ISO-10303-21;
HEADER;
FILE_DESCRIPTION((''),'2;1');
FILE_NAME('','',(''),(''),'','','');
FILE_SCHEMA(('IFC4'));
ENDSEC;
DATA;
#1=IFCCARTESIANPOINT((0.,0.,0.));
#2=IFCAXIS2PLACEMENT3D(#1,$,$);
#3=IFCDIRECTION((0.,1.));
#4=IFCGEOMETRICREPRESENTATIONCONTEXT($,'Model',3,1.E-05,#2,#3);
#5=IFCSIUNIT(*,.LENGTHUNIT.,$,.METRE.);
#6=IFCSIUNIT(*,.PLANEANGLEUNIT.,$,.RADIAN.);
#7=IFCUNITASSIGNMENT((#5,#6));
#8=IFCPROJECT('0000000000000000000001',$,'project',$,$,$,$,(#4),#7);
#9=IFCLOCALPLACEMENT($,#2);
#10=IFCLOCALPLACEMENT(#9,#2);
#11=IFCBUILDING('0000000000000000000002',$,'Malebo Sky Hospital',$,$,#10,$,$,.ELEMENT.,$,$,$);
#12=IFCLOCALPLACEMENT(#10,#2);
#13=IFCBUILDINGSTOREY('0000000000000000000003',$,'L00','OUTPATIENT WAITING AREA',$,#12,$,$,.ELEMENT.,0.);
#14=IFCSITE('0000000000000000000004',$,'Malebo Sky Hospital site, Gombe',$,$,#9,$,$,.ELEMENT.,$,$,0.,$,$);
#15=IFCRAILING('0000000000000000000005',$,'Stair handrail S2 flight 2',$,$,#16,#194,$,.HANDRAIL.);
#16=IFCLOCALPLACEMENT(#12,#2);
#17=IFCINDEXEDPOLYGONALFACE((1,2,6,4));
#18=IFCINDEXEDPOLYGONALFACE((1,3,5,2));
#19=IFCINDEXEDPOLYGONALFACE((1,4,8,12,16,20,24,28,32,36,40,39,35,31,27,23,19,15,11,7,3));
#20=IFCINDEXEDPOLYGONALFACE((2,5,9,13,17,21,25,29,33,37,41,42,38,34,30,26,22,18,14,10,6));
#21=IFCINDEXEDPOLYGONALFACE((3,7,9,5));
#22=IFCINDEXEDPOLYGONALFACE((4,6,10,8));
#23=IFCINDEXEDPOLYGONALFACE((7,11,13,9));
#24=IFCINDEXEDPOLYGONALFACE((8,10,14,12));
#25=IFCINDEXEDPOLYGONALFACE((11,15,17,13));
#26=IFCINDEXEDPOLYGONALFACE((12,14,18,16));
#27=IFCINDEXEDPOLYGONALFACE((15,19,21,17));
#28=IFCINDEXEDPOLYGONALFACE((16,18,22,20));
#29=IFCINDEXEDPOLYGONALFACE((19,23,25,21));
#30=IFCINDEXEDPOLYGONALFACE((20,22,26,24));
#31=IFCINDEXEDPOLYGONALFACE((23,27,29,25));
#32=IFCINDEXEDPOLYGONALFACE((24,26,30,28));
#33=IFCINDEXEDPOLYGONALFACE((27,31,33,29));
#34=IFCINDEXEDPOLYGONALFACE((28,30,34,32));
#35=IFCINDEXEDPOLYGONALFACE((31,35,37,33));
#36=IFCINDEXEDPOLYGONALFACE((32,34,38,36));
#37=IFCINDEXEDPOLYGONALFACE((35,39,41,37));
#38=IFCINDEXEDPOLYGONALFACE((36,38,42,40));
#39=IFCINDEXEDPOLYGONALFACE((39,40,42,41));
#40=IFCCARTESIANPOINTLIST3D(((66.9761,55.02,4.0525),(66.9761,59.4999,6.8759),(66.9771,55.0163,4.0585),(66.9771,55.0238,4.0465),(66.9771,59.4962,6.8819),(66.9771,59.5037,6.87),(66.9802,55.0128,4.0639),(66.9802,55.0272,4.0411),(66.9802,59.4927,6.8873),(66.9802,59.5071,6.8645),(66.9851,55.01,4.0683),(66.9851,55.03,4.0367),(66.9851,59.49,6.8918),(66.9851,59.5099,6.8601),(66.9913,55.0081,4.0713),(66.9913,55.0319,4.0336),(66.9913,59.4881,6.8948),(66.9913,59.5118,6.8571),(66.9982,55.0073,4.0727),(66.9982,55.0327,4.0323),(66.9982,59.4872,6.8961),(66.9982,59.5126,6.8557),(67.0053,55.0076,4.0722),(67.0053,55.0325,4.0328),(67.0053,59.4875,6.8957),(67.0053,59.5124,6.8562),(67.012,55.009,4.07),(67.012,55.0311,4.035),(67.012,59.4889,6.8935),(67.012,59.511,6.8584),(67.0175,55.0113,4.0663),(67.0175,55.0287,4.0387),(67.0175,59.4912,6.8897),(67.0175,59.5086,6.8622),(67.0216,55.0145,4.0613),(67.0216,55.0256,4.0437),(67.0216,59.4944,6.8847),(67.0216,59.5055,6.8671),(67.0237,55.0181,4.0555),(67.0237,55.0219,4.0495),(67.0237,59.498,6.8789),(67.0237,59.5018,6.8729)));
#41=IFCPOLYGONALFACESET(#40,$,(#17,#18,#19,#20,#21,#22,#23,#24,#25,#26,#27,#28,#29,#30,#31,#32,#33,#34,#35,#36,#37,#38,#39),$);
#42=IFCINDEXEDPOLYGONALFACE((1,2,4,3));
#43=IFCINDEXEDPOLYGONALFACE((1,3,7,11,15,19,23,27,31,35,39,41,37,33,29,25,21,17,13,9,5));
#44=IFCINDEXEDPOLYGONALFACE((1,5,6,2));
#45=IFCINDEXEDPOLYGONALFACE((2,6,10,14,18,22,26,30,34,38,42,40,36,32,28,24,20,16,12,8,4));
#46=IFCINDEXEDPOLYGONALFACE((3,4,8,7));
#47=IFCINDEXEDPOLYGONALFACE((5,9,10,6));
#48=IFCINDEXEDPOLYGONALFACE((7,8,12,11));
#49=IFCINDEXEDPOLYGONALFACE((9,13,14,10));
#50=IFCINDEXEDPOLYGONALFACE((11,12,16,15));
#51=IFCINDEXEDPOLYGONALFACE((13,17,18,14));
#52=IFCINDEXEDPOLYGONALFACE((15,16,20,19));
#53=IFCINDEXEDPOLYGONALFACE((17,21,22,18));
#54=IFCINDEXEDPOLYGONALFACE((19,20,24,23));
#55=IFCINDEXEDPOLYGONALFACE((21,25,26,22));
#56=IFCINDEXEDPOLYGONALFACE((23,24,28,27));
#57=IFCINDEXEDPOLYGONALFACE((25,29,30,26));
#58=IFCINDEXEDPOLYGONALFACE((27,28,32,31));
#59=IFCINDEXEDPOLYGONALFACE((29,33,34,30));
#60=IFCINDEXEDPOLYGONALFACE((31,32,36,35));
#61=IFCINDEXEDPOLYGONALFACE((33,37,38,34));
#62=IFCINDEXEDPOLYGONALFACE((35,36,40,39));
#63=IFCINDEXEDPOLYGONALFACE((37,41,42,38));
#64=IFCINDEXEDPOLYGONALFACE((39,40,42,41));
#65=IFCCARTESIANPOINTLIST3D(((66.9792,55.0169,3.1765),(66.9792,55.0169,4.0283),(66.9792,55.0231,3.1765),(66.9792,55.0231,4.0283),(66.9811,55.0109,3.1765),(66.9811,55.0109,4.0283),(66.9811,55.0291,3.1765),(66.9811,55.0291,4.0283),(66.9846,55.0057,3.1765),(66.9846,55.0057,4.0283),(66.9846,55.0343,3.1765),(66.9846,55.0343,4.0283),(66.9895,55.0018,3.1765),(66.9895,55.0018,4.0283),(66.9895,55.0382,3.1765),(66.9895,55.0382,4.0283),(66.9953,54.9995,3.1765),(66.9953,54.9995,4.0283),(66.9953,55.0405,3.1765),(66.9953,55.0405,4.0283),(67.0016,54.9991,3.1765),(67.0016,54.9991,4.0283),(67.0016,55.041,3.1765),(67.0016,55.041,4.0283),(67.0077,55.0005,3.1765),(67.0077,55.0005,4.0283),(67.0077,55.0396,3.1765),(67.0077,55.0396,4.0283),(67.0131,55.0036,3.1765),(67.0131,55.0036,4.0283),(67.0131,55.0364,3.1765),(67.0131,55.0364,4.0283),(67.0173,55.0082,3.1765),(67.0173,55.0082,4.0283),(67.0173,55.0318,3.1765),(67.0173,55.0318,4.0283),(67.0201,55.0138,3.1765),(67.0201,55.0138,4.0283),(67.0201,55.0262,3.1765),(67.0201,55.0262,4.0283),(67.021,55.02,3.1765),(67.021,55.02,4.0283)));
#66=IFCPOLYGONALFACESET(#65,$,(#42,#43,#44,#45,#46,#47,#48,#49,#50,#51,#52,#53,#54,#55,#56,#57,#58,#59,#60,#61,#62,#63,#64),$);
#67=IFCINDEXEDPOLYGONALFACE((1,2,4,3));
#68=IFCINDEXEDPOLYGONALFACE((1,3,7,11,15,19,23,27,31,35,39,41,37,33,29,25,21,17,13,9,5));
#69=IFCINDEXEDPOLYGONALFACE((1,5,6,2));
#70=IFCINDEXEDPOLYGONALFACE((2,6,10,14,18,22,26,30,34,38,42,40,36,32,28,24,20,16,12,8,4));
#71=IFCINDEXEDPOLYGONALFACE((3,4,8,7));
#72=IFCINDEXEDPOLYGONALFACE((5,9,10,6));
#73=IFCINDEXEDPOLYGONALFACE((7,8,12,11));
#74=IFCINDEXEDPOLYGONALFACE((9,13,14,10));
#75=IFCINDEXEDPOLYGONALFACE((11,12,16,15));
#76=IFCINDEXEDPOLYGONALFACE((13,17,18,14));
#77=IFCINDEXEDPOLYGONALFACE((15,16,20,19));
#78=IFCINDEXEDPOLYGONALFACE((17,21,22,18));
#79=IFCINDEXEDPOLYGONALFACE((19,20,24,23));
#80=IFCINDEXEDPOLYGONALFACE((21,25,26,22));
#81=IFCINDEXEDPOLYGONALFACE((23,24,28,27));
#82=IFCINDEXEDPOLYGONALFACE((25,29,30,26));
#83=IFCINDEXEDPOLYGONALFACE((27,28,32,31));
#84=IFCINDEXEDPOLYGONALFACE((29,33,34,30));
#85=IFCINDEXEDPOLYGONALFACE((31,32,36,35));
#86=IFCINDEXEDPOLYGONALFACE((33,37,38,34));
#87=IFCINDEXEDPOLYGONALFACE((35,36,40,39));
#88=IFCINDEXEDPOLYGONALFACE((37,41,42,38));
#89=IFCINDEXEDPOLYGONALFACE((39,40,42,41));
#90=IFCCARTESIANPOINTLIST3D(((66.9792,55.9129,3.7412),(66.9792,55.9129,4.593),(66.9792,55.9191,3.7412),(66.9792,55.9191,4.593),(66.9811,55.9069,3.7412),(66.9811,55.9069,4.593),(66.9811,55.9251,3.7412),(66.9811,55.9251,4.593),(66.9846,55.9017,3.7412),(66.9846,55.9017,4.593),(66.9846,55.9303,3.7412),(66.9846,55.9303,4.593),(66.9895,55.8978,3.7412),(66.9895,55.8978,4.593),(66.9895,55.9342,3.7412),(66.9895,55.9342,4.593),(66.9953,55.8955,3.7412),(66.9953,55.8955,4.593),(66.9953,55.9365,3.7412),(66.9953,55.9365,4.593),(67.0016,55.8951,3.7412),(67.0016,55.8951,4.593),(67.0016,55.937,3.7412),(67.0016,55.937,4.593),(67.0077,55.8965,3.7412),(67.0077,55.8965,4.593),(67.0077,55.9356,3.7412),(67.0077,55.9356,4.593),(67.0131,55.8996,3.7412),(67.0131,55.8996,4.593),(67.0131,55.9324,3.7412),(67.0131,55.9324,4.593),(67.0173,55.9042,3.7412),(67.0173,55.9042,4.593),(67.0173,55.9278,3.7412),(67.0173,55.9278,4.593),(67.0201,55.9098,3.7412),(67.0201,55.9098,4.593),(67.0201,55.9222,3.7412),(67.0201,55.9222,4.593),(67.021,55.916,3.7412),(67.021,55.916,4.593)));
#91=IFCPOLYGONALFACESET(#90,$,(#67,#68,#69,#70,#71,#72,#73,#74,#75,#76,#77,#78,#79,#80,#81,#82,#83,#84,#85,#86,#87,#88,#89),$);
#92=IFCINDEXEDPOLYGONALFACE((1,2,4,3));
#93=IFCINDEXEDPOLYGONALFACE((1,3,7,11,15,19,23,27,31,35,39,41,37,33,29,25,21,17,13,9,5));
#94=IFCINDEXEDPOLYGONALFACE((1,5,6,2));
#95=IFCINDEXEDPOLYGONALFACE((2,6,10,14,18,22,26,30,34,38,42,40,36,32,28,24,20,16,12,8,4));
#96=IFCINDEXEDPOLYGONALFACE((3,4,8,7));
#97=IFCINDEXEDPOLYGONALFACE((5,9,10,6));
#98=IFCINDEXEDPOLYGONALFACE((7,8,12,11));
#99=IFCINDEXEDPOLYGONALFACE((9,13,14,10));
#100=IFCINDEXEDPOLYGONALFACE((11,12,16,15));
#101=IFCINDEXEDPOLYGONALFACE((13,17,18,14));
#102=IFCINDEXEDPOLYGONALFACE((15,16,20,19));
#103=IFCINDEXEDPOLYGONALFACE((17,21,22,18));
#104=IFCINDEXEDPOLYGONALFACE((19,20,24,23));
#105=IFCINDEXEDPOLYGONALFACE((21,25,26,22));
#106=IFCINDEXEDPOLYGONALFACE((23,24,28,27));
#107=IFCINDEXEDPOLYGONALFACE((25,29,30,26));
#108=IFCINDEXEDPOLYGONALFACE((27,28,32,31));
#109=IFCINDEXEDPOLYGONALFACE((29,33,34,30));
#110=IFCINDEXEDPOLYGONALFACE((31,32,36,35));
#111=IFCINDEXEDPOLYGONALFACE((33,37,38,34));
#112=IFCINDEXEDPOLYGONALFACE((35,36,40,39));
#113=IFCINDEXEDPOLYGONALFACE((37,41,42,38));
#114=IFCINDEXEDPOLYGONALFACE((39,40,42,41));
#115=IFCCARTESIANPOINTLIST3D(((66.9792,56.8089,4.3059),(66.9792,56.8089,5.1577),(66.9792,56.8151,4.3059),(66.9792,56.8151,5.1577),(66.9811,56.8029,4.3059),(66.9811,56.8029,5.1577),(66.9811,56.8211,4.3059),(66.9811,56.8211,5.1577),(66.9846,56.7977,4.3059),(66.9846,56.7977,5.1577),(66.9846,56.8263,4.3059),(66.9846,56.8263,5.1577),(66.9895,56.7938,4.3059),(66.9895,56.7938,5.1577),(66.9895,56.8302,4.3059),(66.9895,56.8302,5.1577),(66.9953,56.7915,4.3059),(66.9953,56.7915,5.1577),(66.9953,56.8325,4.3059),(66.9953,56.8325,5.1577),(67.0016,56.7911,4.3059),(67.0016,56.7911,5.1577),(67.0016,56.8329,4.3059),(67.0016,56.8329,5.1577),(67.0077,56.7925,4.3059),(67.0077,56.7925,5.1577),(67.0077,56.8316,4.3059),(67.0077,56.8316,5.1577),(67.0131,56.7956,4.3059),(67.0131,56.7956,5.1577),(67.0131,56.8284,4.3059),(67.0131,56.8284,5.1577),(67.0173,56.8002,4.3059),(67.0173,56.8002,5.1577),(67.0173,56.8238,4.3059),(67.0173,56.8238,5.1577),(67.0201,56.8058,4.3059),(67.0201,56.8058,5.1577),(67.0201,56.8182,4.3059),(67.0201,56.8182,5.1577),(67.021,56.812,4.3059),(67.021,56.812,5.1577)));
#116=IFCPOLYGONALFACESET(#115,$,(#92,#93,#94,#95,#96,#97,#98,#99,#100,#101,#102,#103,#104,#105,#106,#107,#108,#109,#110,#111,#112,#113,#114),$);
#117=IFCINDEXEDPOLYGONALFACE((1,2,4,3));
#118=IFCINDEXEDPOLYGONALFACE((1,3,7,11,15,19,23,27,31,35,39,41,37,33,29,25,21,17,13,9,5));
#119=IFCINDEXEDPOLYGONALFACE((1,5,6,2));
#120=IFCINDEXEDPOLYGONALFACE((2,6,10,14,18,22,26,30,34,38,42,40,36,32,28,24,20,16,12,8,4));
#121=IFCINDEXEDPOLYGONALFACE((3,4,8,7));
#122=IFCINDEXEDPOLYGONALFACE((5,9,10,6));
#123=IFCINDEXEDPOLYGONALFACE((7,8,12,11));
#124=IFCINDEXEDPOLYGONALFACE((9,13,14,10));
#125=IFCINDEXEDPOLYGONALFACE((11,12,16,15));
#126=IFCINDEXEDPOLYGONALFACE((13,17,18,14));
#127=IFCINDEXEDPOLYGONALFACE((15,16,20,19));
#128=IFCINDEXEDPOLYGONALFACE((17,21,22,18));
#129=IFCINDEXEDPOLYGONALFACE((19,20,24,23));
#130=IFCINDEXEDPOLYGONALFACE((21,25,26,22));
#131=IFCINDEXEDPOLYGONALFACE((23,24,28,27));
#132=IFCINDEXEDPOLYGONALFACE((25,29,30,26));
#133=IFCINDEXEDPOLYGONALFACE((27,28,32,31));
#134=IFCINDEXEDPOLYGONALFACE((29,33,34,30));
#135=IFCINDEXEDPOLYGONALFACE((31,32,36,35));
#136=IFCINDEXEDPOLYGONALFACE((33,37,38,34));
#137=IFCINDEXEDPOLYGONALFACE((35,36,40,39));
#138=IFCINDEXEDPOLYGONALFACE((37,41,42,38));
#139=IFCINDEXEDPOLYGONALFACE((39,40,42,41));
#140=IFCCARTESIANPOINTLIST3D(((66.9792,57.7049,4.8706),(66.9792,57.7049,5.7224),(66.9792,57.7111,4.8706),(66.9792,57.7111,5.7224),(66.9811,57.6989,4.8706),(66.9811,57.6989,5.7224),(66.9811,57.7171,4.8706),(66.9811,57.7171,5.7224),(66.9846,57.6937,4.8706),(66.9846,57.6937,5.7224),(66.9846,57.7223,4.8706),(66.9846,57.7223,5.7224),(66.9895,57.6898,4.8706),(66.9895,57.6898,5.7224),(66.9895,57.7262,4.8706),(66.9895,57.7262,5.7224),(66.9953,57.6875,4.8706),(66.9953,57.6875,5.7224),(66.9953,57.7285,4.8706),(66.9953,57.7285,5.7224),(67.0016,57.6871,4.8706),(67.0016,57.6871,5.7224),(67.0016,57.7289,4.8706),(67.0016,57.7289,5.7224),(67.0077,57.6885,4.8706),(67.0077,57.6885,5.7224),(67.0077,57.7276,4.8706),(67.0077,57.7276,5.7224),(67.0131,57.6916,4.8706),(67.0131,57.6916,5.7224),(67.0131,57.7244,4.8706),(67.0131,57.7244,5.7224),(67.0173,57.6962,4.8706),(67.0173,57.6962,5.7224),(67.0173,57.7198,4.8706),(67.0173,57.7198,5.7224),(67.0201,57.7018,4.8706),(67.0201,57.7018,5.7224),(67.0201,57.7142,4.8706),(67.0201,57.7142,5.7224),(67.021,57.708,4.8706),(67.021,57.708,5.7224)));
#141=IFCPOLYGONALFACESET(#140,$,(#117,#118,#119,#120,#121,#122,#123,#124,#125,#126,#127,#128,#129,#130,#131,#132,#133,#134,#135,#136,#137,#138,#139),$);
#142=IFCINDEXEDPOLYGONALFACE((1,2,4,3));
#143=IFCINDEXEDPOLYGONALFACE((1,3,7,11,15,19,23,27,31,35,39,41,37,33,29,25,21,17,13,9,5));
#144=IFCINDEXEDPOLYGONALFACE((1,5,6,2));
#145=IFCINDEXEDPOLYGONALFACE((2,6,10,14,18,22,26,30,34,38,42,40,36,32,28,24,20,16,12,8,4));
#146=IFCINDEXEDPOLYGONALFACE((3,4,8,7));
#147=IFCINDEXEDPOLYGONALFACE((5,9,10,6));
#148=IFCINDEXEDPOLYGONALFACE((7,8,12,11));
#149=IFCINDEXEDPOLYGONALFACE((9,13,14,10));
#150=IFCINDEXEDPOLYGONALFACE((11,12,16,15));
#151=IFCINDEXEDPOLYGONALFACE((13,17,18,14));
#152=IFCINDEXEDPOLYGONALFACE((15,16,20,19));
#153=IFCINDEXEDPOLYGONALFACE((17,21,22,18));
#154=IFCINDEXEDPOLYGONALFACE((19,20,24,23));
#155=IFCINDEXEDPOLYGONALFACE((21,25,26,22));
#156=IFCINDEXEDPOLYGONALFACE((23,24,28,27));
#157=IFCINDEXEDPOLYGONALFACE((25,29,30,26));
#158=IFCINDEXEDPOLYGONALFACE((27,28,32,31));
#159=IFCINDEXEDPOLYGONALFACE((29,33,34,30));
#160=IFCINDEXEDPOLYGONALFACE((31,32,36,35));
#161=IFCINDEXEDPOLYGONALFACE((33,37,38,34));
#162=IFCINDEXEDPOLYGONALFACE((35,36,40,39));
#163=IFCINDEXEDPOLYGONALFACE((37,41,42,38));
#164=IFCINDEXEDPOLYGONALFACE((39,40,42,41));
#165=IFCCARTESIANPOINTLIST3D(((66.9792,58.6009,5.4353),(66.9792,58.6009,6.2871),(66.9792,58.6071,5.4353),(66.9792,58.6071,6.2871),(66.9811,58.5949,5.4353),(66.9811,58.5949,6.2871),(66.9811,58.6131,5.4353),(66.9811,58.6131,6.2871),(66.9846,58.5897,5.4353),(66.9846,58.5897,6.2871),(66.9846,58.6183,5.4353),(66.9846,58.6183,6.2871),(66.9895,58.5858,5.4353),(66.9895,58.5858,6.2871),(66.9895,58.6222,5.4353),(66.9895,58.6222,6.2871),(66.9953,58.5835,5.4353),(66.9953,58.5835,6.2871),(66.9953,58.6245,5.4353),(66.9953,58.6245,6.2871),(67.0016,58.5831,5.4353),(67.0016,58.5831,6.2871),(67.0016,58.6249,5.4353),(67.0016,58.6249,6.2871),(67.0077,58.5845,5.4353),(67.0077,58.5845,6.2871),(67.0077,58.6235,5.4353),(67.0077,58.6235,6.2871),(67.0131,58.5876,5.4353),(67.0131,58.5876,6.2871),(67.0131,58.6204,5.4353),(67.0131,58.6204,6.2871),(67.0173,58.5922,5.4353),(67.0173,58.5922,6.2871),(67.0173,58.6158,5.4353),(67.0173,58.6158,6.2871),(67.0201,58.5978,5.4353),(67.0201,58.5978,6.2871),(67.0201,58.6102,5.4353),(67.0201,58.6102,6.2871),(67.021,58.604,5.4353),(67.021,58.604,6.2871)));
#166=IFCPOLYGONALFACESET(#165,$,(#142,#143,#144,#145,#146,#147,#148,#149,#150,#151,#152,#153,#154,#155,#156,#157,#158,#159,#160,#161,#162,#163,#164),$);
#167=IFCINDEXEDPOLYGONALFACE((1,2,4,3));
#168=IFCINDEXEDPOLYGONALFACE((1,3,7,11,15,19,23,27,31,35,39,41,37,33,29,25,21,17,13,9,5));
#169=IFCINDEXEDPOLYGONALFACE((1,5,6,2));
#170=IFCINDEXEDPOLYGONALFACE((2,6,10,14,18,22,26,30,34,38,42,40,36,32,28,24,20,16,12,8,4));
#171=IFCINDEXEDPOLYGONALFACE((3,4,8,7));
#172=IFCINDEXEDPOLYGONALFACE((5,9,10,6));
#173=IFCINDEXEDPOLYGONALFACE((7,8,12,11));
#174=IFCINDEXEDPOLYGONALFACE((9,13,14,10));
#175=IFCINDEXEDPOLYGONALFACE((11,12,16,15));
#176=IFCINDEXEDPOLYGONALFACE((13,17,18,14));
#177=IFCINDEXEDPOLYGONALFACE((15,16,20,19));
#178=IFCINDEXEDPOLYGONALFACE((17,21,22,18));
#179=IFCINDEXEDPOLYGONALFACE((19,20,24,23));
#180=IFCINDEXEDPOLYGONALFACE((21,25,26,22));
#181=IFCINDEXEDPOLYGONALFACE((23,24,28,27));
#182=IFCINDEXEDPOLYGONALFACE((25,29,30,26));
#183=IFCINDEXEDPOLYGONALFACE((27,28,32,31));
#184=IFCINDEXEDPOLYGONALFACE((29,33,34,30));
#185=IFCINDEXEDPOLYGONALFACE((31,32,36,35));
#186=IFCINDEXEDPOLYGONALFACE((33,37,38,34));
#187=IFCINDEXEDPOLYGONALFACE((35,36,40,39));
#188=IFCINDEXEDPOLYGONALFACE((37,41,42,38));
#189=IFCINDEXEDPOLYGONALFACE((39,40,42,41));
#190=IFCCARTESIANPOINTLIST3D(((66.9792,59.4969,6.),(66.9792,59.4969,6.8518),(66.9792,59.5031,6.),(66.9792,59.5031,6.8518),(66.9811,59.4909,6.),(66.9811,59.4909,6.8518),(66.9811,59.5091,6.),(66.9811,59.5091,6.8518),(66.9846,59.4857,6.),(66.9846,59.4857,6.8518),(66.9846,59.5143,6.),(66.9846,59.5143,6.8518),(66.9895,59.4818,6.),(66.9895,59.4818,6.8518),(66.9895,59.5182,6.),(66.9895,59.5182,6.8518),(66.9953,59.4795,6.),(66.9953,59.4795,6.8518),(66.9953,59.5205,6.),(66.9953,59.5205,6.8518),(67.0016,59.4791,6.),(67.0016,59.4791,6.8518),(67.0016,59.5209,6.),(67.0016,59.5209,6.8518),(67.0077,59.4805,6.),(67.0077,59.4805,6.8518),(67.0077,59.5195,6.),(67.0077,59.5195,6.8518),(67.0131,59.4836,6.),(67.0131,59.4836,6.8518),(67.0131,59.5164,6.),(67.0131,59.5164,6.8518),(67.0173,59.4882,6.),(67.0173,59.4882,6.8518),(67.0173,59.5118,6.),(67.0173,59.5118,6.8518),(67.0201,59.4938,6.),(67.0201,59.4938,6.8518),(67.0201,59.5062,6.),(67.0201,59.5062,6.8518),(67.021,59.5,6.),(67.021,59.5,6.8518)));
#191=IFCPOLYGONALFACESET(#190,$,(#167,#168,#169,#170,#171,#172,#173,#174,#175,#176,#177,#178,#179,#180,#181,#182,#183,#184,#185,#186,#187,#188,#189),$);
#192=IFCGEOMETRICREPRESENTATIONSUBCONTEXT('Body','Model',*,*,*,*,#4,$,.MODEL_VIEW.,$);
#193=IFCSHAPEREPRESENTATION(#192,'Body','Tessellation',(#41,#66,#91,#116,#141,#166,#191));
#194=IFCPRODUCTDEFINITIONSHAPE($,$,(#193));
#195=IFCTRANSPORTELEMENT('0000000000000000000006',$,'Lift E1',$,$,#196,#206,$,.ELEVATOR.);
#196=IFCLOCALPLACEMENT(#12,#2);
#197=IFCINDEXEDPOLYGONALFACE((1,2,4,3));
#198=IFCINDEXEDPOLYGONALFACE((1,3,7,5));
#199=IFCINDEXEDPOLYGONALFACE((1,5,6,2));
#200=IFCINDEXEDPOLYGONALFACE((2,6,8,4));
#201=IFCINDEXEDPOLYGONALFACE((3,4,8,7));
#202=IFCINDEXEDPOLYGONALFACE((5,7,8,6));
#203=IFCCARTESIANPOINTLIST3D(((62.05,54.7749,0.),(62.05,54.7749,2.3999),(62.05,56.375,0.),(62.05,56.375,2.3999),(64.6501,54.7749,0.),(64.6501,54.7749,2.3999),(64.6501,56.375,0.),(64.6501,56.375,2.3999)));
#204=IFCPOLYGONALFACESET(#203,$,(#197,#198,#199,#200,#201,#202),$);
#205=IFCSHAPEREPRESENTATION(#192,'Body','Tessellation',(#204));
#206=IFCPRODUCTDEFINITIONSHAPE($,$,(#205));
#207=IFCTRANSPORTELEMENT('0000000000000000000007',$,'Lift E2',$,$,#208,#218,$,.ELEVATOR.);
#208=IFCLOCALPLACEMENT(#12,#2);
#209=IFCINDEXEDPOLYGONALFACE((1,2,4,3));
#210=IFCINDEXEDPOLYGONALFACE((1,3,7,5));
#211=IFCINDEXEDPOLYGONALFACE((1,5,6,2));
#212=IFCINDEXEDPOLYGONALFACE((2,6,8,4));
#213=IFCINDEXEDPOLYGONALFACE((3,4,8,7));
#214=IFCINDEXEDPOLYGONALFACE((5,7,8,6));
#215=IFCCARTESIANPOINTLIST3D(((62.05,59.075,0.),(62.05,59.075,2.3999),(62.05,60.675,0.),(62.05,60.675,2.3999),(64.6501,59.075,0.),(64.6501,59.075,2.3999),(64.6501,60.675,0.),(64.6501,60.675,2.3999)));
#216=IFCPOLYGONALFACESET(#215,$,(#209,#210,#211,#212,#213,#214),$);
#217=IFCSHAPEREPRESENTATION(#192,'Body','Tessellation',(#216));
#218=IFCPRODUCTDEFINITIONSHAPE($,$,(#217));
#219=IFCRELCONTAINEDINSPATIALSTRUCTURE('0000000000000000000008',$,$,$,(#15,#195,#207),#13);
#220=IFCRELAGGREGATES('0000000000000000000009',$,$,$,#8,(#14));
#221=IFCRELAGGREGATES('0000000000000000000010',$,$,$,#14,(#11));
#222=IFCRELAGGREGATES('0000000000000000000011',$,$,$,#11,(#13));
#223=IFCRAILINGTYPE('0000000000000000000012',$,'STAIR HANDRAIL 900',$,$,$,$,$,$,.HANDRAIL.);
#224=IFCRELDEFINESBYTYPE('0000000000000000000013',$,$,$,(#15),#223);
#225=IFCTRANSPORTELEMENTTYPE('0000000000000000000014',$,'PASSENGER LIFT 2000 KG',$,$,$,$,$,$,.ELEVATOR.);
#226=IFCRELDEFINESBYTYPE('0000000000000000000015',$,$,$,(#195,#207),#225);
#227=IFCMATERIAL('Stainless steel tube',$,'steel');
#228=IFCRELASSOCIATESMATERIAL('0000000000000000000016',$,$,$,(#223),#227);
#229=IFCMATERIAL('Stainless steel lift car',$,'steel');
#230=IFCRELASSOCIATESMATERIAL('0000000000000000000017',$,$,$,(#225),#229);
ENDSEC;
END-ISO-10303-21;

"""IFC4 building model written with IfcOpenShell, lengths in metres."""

from ifc_helpers import new_model, si_unit, direction, frame, origin, origin_2d, place, context, subcontext, project, spatial, rectangle, circle, extrude, material, type_object, element, save


model = new_model("IFC4")

# Units and contexts
model_context = context("Model", 3, precision=1e-05, world=origin(), true_north=direction((0.0, 1.0)))
body_context = subcontext(model_context, "Body", "Model", "MODEL_VIEW")
ifc_project = project(units=[si_unit("LENGTHUNIT", "METRE"), si_unit("PLANEANGLEUNIT", "RADIAN")], contexts=[model_context])

# Site, building, storey
site_placement = place(None, origin())
site = spatial("IfcSite", under=ifc_project, at=site_placement, Name="Malebo Sky Hospital site, Gombe", CompositionType="ELEMENT", RefElevation=0.0)
building_placement = place(site_placement, origin())
building = spatial("IfcBuilding", under=site, at=building_placement, Name="Malebo Sky Hospital", CompositionType="ELEMENT")
storey_placement = place(building_placement, origin())
storey = spatial("IfcBuildingStorey", under=building, at=storey_placement, Name="L00", Description="OUTPATIENT WAITING AREA", CompositionType="ELEMENT", Elevation=0.0)

# Railing
ifc_material_1 = material(Name="Stainless steel tube", Category="steel")
railing_type = type_object("IfcRailingType", Name="STAIR HANDRAIL 900", PredefinedType="HANDRAIL", material=ifc_material_1)
railing_1_placement = place(storey_placement, frame((67.0, 55.02, 3.1765)))
element("IfcRailing", 1, at=railing_1_placement, inside=storey, type_object=railing_type, Name="Stair handrail S2 flight 2", PredefinedType="HANDRAIL", context=body_context, shape_type="SweptSolid", body=[
    extrude(circle(Radius=0.0239, at=origin_2d()), frame((0.0, 0.0, 0.876), z_axis=(0.0, 0.845998, 0.533186), x_axis=(-1.0, 0.0, 0.0)), (0.0, 0.0, 1.0), 5.2954),
    extrude(circle(Radius=0.021, at=origin_2d()), origin(), (0.0, 0.0, 1.0), 0.8518),
    extrude(circle(Radius=0.021, at=origin_2d()), frame((0.0, 0.896, 0.5647)), (0.0, 0.0, 1.0), 0.8518),
    extrude(circle(Radius=0.021, at=origin_2d()), frame((0.0, 1.792, 1.1294)), (0.0, 0.0, 1.0), 0.8518),
    extrude(circle(Radius=0.021, at=origin_2d()), frame((0.0, 2.688, 1.6941)), (0.0, 0.0, 1.0), 0.8518),
    extrude(circle(Radius=0.021, at=origin_2d()), frame((0.0, 3.584, 2.2588)), (0.0, 0.0, 1.0), 0.8518),
    extrude(circle(Radius=0.021, at=origin_2d()), frame((0.0, 4.48, 2.8235)), (0.0, 0.0, 1.0), 0.8518),
])

# Transport elements
ifc_material_2 = material(Name="Stainless steel lift car", Category="steel")
transport_element_type = type_object("IfcTransportElementType", Name="PASSENGER LIFT 2000 KG", PredefinedType="ELEVATOR", material=ifc_material_2)
for number, where, name in (
    (2, (63.3501, 55.575, 0.0), "Lift E1"),
    (3, (63.3501, 59.875, 0.0), "Lift E2"),
):
    element("IfcTransportElement", number, at=place(storey_placement, frame(where)), inside=storey, type_object=transport_element_type, Name=name, PredefinedType="ELEVATOR", context=body_context, shape_type="SweptSolid", body=[
        extrude(rectangle(XDim=2.6001, YDim=1.6001, at=origin_2d()), origin(), (0.0, 0.0, 1.0), 2.3999),
    ])

save(model, "model.ifc")
